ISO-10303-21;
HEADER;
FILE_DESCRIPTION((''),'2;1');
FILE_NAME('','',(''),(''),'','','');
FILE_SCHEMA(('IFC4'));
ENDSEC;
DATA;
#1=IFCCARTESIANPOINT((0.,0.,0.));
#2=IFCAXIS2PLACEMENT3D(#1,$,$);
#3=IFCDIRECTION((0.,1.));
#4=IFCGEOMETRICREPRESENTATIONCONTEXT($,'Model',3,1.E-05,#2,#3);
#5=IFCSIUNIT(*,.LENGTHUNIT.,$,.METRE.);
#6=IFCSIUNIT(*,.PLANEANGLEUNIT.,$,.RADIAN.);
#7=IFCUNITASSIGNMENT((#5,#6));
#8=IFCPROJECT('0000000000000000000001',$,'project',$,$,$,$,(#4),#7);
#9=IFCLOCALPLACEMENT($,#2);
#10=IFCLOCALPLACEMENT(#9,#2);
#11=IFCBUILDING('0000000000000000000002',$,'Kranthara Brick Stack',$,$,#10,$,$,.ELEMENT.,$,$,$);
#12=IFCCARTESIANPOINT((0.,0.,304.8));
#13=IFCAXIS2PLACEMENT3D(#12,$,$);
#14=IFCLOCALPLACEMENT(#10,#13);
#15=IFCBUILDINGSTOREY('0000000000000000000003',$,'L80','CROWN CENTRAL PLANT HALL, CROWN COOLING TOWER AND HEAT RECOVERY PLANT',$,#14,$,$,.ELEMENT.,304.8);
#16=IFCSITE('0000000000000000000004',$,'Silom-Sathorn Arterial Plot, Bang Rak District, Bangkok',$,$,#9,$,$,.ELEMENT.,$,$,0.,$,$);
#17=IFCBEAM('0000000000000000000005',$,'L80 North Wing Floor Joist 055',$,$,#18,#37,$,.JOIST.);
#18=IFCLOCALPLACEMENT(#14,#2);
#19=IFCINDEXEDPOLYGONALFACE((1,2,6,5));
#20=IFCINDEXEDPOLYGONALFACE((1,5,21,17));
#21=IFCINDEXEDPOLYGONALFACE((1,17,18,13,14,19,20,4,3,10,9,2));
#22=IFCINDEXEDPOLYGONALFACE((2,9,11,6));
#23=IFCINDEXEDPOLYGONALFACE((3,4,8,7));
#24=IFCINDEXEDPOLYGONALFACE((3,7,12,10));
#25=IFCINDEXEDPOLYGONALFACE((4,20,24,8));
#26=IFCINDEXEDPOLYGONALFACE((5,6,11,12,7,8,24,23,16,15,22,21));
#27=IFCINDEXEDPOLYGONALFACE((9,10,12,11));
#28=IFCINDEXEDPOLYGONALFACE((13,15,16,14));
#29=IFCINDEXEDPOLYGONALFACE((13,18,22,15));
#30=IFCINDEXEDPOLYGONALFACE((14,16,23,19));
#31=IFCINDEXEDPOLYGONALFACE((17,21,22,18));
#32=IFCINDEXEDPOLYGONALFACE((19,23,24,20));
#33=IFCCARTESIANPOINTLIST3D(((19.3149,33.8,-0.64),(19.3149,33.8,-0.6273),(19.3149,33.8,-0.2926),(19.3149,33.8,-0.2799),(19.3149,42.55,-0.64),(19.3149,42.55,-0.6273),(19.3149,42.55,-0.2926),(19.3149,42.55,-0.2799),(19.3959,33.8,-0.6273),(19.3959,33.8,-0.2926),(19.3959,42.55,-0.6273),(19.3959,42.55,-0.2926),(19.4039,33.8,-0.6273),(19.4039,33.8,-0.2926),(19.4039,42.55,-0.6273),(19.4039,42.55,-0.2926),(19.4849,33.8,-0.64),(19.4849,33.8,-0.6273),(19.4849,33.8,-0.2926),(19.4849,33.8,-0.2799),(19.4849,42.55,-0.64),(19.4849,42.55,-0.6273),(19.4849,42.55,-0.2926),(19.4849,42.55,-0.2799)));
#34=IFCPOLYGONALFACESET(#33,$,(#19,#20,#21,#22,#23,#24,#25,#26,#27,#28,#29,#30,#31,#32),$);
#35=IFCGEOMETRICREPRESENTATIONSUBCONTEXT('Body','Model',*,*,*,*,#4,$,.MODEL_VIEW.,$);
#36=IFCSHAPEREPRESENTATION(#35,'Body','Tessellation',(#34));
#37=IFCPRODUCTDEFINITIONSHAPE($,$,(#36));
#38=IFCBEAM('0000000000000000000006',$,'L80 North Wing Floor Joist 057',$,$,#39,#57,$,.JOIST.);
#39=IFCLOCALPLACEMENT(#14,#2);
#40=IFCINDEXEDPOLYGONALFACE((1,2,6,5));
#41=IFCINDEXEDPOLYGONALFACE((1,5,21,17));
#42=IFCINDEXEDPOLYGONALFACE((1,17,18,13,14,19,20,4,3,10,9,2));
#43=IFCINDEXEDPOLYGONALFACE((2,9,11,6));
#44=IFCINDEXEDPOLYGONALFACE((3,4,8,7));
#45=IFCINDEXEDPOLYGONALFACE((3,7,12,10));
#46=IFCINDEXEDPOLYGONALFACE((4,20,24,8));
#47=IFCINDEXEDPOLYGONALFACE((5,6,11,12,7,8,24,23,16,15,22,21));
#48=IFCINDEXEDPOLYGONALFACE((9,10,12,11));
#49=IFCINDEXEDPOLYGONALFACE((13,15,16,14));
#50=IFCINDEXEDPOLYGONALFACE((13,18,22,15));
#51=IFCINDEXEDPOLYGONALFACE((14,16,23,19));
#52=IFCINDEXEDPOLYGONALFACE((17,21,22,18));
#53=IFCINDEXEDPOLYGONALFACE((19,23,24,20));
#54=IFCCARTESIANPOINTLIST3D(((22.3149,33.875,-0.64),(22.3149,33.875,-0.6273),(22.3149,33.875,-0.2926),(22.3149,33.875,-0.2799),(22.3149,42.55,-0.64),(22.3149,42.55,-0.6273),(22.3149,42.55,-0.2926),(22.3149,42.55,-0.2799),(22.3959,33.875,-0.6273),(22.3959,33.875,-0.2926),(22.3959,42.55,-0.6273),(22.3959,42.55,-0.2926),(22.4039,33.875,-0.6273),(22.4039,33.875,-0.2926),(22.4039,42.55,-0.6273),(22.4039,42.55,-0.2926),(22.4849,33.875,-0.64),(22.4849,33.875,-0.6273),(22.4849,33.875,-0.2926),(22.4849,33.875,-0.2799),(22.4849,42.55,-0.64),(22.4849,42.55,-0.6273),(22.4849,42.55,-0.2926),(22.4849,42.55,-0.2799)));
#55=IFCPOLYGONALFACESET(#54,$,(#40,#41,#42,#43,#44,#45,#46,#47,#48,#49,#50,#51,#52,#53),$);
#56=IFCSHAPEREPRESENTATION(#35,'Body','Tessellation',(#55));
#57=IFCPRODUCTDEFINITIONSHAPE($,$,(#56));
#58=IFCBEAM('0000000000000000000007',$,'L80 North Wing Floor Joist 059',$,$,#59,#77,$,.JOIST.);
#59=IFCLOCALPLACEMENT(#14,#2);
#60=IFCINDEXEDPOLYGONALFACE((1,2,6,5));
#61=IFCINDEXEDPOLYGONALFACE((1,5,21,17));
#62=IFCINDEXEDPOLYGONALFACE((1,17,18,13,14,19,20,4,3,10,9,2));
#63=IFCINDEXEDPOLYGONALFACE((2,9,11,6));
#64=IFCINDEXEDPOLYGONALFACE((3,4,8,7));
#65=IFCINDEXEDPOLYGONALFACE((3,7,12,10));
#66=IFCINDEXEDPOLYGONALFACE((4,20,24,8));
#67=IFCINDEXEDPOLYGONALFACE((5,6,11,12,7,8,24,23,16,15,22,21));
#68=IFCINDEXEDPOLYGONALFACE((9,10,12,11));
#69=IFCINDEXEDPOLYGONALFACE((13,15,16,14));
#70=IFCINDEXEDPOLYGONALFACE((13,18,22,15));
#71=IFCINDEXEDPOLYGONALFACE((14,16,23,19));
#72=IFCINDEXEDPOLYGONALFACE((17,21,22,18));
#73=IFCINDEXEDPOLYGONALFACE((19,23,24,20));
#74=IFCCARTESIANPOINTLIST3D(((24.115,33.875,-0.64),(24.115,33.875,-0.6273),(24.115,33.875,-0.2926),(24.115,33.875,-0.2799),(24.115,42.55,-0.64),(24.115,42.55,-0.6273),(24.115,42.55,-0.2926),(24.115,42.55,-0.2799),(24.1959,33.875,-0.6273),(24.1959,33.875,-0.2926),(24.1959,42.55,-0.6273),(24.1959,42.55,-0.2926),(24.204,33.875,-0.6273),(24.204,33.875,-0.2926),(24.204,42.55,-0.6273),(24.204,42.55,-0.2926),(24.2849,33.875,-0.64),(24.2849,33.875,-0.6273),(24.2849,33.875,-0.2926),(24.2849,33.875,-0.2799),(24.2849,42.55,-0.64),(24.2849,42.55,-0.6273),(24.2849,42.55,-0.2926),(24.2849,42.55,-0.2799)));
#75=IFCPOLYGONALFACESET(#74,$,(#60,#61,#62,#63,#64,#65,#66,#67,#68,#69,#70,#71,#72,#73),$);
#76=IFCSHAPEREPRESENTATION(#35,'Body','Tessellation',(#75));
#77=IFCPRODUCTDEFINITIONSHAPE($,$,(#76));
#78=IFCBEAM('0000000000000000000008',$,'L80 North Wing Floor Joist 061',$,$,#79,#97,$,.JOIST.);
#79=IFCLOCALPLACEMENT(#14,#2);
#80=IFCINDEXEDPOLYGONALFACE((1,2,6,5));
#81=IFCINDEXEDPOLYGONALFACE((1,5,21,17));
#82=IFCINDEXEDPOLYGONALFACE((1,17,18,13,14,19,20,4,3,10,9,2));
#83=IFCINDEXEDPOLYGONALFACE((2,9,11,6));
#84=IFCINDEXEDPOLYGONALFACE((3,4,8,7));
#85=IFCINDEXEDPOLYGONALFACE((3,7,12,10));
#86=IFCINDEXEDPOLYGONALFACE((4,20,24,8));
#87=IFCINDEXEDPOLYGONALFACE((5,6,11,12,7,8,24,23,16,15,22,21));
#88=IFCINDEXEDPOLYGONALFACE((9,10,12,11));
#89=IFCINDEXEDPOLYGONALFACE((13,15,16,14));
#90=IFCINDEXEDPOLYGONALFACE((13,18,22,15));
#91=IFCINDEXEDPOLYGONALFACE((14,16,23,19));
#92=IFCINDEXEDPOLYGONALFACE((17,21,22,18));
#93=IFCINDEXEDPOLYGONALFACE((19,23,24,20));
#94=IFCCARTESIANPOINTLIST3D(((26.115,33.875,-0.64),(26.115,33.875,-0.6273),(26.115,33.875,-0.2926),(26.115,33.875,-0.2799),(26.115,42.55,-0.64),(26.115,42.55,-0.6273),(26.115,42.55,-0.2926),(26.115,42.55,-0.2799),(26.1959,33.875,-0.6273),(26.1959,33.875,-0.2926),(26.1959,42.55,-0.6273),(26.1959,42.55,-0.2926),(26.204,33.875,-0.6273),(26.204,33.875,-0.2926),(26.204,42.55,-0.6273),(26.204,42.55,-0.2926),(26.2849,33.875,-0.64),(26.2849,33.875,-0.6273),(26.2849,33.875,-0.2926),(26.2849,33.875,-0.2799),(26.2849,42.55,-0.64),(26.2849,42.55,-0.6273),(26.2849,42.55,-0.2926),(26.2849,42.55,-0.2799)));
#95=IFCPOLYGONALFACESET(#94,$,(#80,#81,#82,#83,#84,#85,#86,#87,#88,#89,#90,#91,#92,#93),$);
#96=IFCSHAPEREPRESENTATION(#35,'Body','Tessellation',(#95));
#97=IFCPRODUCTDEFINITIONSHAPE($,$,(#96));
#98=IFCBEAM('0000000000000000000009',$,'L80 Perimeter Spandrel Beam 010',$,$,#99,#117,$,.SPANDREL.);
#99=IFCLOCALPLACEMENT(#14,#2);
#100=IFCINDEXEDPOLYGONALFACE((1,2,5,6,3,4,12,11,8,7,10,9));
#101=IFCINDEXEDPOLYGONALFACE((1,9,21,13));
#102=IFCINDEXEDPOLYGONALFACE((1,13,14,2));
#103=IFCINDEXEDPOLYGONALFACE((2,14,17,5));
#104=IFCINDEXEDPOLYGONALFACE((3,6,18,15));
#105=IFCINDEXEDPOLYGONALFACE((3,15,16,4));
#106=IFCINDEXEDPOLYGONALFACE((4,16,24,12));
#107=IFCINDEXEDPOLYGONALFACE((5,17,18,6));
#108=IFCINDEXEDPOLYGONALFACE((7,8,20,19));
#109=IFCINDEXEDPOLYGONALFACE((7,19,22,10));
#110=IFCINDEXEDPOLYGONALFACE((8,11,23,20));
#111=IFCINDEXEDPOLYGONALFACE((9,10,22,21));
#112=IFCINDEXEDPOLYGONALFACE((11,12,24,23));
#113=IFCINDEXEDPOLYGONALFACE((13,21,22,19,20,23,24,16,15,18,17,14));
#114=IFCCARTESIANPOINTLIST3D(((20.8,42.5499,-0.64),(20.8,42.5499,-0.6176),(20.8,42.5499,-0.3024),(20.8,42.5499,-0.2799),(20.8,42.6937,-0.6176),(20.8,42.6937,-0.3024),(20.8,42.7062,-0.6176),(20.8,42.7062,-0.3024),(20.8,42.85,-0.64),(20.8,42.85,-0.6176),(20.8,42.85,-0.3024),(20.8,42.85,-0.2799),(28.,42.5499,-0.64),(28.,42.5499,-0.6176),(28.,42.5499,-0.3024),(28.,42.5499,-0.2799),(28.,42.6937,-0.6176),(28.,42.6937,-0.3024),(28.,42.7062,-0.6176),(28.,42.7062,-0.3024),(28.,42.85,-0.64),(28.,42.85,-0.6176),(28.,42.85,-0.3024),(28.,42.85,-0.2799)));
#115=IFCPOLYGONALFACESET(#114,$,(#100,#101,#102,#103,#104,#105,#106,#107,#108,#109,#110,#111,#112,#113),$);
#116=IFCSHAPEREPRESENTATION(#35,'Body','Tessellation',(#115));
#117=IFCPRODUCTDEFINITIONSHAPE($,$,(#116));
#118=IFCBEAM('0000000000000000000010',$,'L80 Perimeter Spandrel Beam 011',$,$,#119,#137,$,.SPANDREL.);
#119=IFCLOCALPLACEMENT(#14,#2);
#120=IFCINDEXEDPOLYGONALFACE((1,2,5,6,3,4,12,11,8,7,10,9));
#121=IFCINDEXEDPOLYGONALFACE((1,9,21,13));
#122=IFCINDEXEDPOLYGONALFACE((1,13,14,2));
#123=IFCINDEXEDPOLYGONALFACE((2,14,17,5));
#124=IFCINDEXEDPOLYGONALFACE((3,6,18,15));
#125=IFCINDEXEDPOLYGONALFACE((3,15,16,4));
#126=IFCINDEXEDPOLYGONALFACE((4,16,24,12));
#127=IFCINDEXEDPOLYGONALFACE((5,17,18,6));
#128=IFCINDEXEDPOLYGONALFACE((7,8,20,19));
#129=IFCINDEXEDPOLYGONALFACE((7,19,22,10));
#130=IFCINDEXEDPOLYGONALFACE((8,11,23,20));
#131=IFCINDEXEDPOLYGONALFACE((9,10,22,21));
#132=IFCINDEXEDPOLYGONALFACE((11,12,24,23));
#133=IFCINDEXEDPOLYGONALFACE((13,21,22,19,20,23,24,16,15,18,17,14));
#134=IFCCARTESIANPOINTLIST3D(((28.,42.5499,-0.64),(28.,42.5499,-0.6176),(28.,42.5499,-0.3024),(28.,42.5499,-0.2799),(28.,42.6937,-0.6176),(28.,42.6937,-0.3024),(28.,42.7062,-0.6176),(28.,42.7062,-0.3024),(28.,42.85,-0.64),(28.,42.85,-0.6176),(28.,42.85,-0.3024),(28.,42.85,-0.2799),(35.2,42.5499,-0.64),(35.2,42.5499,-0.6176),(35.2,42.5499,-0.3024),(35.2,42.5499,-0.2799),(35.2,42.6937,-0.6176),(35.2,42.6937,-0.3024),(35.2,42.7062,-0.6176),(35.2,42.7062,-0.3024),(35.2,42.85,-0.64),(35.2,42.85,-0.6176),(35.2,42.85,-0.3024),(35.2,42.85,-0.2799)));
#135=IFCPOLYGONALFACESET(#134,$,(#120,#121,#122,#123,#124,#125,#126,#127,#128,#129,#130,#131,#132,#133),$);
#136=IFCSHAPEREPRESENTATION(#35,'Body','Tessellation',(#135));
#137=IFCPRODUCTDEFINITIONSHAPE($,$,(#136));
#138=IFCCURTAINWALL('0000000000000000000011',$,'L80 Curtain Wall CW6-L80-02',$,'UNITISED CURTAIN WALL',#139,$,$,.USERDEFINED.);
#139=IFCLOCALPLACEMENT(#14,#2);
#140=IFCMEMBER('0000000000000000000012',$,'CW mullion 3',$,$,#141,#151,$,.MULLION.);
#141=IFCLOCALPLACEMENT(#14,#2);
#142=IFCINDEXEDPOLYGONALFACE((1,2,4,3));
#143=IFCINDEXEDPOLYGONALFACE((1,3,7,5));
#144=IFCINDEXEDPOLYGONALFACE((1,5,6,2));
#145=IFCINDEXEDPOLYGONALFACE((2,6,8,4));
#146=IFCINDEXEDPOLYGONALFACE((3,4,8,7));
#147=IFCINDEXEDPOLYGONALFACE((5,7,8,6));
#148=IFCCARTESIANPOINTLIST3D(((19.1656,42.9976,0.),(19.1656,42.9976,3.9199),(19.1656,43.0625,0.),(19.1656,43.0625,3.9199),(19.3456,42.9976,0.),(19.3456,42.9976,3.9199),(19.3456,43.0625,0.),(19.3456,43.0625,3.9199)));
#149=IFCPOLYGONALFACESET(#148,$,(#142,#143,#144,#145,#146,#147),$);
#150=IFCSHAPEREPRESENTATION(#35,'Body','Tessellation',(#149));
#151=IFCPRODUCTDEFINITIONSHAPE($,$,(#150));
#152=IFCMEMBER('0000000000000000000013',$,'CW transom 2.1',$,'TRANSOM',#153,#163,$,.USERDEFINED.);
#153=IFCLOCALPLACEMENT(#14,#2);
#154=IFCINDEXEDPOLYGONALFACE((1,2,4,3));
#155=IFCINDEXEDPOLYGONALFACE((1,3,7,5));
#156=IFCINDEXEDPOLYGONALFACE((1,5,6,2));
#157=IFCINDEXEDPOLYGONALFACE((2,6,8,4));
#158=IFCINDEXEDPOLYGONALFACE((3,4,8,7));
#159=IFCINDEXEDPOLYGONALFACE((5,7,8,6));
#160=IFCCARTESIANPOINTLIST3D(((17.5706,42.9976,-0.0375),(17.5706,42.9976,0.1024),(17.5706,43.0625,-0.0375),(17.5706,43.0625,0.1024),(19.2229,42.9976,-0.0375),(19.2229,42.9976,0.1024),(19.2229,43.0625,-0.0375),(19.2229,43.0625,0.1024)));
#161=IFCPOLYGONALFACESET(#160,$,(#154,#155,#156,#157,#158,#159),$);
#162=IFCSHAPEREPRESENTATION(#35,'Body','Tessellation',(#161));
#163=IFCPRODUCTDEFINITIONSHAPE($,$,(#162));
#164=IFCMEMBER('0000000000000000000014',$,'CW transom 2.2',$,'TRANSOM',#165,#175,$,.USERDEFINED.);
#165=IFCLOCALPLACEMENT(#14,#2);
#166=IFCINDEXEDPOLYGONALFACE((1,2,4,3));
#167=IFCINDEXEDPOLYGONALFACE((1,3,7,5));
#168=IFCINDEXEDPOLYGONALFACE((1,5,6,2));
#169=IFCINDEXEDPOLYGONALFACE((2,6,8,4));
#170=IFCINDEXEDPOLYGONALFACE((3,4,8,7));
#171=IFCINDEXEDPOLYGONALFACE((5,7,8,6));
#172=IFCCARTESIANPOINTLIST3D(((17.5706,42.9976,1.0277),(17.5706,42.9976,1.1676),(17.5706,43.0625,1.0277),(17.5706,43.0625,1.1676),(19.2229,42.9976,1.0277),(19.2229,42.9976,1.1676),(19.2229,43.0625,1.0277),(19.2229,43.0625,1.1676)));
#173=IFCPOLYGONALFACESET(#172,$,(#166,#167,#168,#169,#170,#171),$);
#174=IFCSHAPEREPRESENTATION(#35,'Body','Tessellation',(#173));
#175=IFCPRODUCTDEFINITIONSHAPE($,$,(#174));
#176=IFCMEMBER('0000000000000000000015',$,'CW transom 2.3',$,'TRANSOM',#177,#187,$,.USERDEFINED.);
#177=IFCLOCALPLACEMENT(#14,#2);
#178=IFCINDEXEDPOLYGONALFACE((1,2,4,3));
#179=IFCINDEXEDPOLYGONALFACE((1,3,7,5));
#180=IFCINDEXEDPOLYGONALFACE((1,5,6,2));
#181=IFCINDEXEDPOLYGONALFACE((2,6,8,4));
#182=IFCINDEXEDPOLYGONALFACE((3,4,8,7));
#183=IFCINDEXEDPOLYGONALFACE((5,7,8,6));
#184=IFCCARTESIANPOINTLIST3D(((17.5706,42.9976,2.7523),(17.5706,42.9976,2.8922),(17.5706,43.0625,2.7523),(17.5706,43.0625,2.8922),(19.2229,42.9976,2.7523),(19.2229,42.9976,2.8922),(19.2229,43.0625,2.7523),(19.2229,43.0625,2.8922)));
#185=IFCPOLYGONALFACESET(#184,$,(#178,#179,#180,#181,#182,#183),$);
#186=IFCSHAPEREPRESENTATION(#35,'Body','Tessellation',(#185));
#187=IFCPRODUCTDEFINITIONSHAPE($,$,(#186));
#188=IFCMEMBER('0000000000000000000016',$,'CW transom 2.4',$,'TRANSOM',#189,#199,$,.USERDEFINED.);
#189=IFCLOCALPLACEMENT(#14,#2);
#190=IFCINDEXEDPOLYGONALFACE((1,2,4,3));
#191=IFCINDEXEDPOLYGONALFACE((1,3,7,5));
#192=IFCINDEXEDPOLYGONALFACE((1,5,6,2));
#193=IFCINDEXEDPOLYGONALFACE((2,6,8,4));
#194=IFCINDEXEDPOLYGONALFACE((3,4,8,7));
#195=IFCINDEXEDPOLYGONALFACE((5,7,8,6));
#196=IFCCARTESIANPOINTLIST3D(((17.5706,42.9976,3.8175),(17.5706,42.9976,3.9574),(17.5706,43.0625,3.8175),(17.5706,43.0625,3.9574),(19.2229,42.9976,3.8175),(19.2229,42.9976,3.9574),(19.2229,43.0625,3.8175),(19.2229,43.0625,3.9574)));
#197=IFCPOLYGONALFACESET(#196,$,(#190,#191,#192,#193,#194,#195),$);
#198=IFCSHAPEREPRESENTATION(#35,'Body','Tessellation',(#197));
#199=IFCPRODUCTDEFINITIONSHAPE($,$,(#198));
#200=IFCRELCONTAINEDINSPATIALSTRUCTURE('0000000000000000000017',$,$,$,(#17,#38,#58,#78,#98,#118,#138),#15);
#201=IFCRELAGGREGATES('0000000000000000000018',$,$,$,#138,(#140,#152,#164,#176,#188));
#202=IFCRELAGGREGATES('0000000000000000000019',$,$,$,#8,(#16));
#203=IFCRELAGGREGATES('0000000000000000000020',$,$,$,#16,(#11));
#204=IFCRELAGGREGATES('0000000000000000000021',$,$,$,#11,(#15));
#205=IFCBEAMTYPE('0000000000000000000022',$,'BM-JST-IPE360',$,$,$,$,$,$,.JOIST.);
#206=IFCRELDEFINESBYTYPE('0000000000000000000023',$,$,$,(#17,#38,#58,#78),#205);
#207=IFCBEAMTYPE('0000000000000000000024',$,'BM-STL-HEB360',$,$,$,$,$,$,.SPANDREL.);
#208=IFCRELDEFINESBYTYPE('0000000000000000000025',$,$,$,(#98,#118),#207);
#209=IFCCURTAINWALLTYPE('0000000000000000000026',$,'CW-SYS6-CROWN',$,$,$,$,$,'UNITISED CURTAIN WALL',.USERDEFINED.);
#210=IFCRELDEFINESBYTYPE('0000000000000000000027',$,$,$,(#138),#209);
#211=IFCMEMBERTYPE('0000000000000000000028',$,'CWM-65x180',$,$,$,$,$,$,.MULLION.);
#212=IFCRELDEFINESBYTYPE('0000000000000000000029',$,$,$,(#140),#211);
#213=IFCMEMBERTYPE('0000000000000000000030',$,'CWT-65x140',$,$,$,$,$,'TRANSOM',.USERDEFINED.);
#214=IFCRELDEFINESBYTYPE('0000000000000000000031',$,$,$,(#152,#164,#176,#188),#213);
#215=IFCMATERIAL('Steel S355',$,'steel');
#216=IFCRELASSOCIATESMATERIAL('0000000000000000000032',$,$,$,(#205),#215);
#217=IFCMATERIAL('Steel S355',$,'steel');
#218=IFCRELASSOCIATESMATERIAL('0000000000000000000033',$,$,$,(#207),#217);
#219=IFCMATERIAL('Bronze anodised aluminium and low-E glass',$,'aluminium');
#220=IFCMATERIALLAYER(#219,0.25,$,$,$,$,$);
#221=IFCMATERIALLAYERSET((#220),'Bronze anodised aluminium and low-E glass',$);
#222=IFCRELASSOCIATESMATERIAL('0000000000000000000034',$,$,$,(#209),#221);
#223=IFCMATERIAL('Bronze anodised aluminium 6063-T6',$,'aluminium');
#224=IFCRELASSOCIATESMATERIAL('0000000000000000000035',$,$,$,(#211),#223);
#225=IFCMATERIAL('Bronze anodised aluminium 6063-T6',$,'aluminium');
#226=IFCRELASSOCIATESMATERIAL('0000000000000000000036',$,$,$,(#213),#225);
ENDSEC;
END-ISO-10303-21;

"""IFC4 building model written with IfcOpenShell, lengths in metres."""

from ifc_helpers import new_model, si_unit, direction, frame, origin, origin_2d, place, context, subcontext, project, spatial, rectangle, i_section, extrude, material, layer, layer_set, material_profile, profile_set, type_object, element, aggregate, save


model = new_model("IFC4")

# Units and contexts
model_context = context("Model", 3, precision=1e-05, world=origin(), true_north=direction((0.0, 1.0)))
body_context = subcontext(model_context, "Body", "Model", "MODEL_VIEW")
ifc_project = project(units=[si_unit("LENGTHUNIT", "METRE"), si_unit("PLANEANGLEUNIT", "RADIAN")], contexts=[model_context])

# Site, building, storey
site_placement = place(None, origin())
site = spatial("IfcSite", under=ifc_project, at=site_placement, Name="Silom-Sathorn Arterial Plot, Bang Rak District, Bangkok", CompositionType="ELEMENT", RefElevation=0.0)
building_placement = place(site_placement, origin())
building = spatial("IfcBuilding", under=site, at=building_placement, Name="Kranthara Brick Stack", CompositionType="ELEMENT")
storey_placement = place(building_placement, frame((0.0, 0.0, 304.8)))
storey = spatial("IfcBuildingStorey", under=building, at=storey_placement, Name="L80", Description="CROWN CENTRAL PLANT HALL, CROWN COOLING TOWER AND HEAT RECOVERY PLANT", CompositionType="ELEMENT", Elevation=304.8)

# Beams
ifc_material_1 = material(Name="Steel S355", Category="steel")
ifc_material_profile_1 = material_profile(ifc_material_1, i_section(OverallWidth=0.1699, OverallDepth=0.3601, WebThickness=0.0081, FlangeThickness=0.0127, at=origin_2d()), Name="IPE 360")
ifc_profile_set_1 = profile_set([ifc_material_profile_1], Name="Steel S355")
beam_type_1 = type_object("IfcBeamType", Name="BM-JST-IPE360", PredefinedType="JOIST", material=ifc_profile_set_1)
for number, where, z_axis, x_axis, name in (
    (1, (19.3999, 33.8, -0.46), (0.0, 1.0, 0.0), (-1.0, 0.0, 0.0), "L80 North Wing Floor Joist 055"),
):
    element("IfcBeam", number, at=place(storey_placement, frame(where, z_axis=z_axis, x_axis=x_axis)), inside=storey, type_object=beam_type_1, Name=name, PredefinedType="JOIST", context=body_context, shape_type="SweptSolid", body=[
        extrude(i_section(OverallWidth=0.1699, OverallDepth=0.3601, WebThickness=0.0081, FlangeThickness=0.0127, at=origin_2d()), origin(), (0.0, 0.0, 1.0), 8.75),
    ])
for number, where, z_axis, x_axis, name in (
    (2, (22.3999, 33.875, -0.46), (0.0, 1.0, 0.0), (-1.0, 0.0, 0.0), "L80 North Wing Floor Joist 057"),
    (3, (24.2, 33.875, -0.46), (0.0, 1.0, 0.0), (-1.0, 0.0, 0.0), "L80 North Wing Floor Joist 059"),
    (4, (26.2, 33.875, -0.46), (0.0, 1.0, 0.0), (-1.0, 0.0, 0.0), "L80 North Wing Floor Joist 061"),
):
    element("IfcBeam", number, at=place(storey_placement, frame(where, z_axis=z_axis, x_axis=x_axis)), inside=storey, type_object=beam_type_1, Name=name, PredefinedType="JOIST", context=body_context, shape_type="SweptSolid", body=[
        extrude(i_section(OverallWidth=0.1699, OverallDepth=0.3601, WebThickness=0.0081, FlangeThickness=0.0127, at=origin_2d()), origin(), (0.0, 0.0, 1.0), 8.675),
    ])
ifc_material_2 = material(Name="Steel S355", Category="steel")
ifc_material_profile_2 = material_profile(ifc_material_2, i_section(OverallWidth=0.3, OverallDepth=0.3601, WebThickness=0.0125, FlangeThickness=0.0225, at=origin_2d()), Name="HEB 360")
ifc_profile_set_2 = profile_set([ifc_material_profile_2], Name="Steel S355")
beam_type_2 = type_object("IfcBeamType", Name="BM-STL-HEB360", PredefinedType="SPANDREL", material=ifc_profile_set_2)
for number, where, z_axis, x_axis, name in (
    (5, (20.8, 42.7, -0.46), (1.0, 0.0, 0.0), (0.0, 1.0, 0.0), "L80 Perimeter Spandrel Beam 010"),
    (6, (28.0, 42.7, -0.46), (1.0, 0.0, 0.0), (0.0, 1.0, 0.0), "L80 Perimeter Spandrel Beam 011"),
):
    element("IfcBeam", number, at=place(storey_placement, frame(where, z_axis=z_axis, x_axis=x_axis)), inside=storey, type_object=beam_type_2, Name=name, PredefinedType="SPANDREL", context=body_context, shape_type="SweptSolid", body=[
        extrude(i_section(OverallWidth=0.3, OverallDepth=0.3601, WebThickness=0.0125, FlangeThickness=0.0225, at=origin_2d()), origin(), (0.0, 0.0, 1.0), 7.2),
    ])

# Curtain wall, members
ifc_material_3 = material(Name="Bronze anodised aluminium and low-E glass", Category="aluminium")
ifc_layer_1 = layer(ifc_material_3, 0.25)
ifc_layer_set_1 = layer_set([ifc_layer_1], Name="Bronze anodised aluminium and low-E glass")
curtain_wall_type = type_object("IfcCurtainWallType", Name="CW-SYS6-CROWN", ElementType="UNITISED CURTAIN WALL", PredefinedType="USERDEFINED", material=ifc_layer_set_1)
curtain_wall_placement = place(storey_placement, origin())
curtain_wall = element("IfcCurtainWall", 7, at=curtain_wall_placement, inside=storey, type_object=curtain_wall_type, Name="L80 Curtain Wall CW6-L80-02", ObjectType="UNITISED CURTAIN WALL", PredefinedType="USERDEFINED")
ifc_material_4 = material(Name="Bronze anodised aluminium 6063-T6", Category="aluminium")
ifc_material_profile_3 = material_profile(ifc_material_4, rectangle(XDim=0.0649, YDim=0.1799, at=origin_2d()), Name="ALU MULLION 65x180")
ifc_profile_set_3 = profile_set([ifc_material_profile_3], Name="Bronze anodised aluminium 6063-T6")
member_type_1 = type_object("IfcMemberType", Name="CWM-65x180", PredefinedType="MULLION", material=ifc_profile_set_3)
member_1_placement = place(storey_placement, frame((19.2556, 43.03, 0.0), z_axis=(0.0, 0.0, 1.0), x_axis=(0.0, 1.0, 0.0)))
member_1 = element("IfcMember", 8, at=member_1_placement, type_object=member_type_1, Name="CW mullion 3", PredefinedType="MULLION", context=body_context, shape_type="SweptSolid", body=[
    extrude(rectangle(XDim=0.0649, YDim=0.1799, at=origin_2d()), origin(), (0.0, 0.0, 1.0), 3.9199),
])
ifc_material_5 = material(Name="Bronze anodised aluminium 6063-T6", Category="aluminium")
ifc_material_profile_4 = material_profile(ifc_material_5, rectangle(XDim=0.0649, YDim=0.1399, at=origin_2d()), Name="ALU TRANSOM 65x140")
ifc_profile_set_4 = profile_set([ifc_material_profile_4], Name="Bronze anodised aluminium 6063-T6")
member_type_2 = type_object("IfcMemberType", Name="CWT-65x140", ElementType="TRANSOM", PredefinedType="USERDEFINED", material=ifc_profile_set_4)
member_2_placement = place(storey_placement, frame((17.5706, 43.03, 0.0325), z_axis=(1.0, 0.0, 0.0), x_axis=(0.0, 1.0, 0.0)))
member_2 = element("IfcMember", 9, at=member_2_placement, type_object=member_type_2, Name="CW transom 2.1", ObjectType="TRANSOM", PredefinedType="USERDEFINED", context=body_context, shape_type="SweptSolid", body=[
    extrude(rectangle(XDim=0.0649, YDim=0.1399, at=origin_2d()), origin(), (0.0, 0.0, 1.0), 1.6523),
])
member_3_placement = place(storey_placement, frame((17.5706, 43.03, 1.0977), z_axis=(1.0, 0.0, 0.0), x_axis=(0.0, 1.0, 0.0)))
member_3 = element("IfcMember", 10, at=member_3_placement, type_object=member_type_2, Name="CW transom 2.2", ObjectType="TRANSOM", PredefinedType="USERDEFINED", context=body_context, shape_type="SweptSolid", body=[
    extrude(rectangle(XDim=0.0649, YDim=0.1399, at=origin_2d()), origin(), (0.0, 0.0, 1.0), 1.6523),
])
member_4_placement = place(storey_placement, frame((17.5706, 43.03, 2.8223), z_axis=(1.0, 0.0, 0.0), x_axis=(0.0, 1.0, 0.0)))
member_4 = element("IfcMember", 11, at=member_4_placement, type_object=member_type_2, Name="CW transom 2.3", ObjectType="TRANSOM", PredefinedType="USERDEFINED", context=body_context, shape_type="SweptSolid", body=[
    extrude(rectangle(XDim=0.0649, YDim=0.1399, at=origin_2d()), origin(), (0.0, 0.0, 1.0), 1.6523),
])
member_5_placement = place(storey_placement, frame((17.5706, 43.03, 3.8875), z_axis=(1.0, 0.0, 0.0), x_axis=(0.0, 1.0, 0.0)))
member_5 = element("IfcMember", 12, at=member_5_placement, type_object=member_type_2, Name="CW transom 2.4", ObjectType="TRANSOM", PredefinedType="USERDEFINED", context=body_context, shape_type="SweptSolid", body=[
    extrude(rectangle(XDim=0.0649, YDim=0.1399, at=origin_2d()), origin(), (0.0, 0.0, 1.0), 1.6523),
])
aggregate(curtain_wall, [member_1, member_2, member_3, member_4, member_5])

save(model, "model.ifc")
